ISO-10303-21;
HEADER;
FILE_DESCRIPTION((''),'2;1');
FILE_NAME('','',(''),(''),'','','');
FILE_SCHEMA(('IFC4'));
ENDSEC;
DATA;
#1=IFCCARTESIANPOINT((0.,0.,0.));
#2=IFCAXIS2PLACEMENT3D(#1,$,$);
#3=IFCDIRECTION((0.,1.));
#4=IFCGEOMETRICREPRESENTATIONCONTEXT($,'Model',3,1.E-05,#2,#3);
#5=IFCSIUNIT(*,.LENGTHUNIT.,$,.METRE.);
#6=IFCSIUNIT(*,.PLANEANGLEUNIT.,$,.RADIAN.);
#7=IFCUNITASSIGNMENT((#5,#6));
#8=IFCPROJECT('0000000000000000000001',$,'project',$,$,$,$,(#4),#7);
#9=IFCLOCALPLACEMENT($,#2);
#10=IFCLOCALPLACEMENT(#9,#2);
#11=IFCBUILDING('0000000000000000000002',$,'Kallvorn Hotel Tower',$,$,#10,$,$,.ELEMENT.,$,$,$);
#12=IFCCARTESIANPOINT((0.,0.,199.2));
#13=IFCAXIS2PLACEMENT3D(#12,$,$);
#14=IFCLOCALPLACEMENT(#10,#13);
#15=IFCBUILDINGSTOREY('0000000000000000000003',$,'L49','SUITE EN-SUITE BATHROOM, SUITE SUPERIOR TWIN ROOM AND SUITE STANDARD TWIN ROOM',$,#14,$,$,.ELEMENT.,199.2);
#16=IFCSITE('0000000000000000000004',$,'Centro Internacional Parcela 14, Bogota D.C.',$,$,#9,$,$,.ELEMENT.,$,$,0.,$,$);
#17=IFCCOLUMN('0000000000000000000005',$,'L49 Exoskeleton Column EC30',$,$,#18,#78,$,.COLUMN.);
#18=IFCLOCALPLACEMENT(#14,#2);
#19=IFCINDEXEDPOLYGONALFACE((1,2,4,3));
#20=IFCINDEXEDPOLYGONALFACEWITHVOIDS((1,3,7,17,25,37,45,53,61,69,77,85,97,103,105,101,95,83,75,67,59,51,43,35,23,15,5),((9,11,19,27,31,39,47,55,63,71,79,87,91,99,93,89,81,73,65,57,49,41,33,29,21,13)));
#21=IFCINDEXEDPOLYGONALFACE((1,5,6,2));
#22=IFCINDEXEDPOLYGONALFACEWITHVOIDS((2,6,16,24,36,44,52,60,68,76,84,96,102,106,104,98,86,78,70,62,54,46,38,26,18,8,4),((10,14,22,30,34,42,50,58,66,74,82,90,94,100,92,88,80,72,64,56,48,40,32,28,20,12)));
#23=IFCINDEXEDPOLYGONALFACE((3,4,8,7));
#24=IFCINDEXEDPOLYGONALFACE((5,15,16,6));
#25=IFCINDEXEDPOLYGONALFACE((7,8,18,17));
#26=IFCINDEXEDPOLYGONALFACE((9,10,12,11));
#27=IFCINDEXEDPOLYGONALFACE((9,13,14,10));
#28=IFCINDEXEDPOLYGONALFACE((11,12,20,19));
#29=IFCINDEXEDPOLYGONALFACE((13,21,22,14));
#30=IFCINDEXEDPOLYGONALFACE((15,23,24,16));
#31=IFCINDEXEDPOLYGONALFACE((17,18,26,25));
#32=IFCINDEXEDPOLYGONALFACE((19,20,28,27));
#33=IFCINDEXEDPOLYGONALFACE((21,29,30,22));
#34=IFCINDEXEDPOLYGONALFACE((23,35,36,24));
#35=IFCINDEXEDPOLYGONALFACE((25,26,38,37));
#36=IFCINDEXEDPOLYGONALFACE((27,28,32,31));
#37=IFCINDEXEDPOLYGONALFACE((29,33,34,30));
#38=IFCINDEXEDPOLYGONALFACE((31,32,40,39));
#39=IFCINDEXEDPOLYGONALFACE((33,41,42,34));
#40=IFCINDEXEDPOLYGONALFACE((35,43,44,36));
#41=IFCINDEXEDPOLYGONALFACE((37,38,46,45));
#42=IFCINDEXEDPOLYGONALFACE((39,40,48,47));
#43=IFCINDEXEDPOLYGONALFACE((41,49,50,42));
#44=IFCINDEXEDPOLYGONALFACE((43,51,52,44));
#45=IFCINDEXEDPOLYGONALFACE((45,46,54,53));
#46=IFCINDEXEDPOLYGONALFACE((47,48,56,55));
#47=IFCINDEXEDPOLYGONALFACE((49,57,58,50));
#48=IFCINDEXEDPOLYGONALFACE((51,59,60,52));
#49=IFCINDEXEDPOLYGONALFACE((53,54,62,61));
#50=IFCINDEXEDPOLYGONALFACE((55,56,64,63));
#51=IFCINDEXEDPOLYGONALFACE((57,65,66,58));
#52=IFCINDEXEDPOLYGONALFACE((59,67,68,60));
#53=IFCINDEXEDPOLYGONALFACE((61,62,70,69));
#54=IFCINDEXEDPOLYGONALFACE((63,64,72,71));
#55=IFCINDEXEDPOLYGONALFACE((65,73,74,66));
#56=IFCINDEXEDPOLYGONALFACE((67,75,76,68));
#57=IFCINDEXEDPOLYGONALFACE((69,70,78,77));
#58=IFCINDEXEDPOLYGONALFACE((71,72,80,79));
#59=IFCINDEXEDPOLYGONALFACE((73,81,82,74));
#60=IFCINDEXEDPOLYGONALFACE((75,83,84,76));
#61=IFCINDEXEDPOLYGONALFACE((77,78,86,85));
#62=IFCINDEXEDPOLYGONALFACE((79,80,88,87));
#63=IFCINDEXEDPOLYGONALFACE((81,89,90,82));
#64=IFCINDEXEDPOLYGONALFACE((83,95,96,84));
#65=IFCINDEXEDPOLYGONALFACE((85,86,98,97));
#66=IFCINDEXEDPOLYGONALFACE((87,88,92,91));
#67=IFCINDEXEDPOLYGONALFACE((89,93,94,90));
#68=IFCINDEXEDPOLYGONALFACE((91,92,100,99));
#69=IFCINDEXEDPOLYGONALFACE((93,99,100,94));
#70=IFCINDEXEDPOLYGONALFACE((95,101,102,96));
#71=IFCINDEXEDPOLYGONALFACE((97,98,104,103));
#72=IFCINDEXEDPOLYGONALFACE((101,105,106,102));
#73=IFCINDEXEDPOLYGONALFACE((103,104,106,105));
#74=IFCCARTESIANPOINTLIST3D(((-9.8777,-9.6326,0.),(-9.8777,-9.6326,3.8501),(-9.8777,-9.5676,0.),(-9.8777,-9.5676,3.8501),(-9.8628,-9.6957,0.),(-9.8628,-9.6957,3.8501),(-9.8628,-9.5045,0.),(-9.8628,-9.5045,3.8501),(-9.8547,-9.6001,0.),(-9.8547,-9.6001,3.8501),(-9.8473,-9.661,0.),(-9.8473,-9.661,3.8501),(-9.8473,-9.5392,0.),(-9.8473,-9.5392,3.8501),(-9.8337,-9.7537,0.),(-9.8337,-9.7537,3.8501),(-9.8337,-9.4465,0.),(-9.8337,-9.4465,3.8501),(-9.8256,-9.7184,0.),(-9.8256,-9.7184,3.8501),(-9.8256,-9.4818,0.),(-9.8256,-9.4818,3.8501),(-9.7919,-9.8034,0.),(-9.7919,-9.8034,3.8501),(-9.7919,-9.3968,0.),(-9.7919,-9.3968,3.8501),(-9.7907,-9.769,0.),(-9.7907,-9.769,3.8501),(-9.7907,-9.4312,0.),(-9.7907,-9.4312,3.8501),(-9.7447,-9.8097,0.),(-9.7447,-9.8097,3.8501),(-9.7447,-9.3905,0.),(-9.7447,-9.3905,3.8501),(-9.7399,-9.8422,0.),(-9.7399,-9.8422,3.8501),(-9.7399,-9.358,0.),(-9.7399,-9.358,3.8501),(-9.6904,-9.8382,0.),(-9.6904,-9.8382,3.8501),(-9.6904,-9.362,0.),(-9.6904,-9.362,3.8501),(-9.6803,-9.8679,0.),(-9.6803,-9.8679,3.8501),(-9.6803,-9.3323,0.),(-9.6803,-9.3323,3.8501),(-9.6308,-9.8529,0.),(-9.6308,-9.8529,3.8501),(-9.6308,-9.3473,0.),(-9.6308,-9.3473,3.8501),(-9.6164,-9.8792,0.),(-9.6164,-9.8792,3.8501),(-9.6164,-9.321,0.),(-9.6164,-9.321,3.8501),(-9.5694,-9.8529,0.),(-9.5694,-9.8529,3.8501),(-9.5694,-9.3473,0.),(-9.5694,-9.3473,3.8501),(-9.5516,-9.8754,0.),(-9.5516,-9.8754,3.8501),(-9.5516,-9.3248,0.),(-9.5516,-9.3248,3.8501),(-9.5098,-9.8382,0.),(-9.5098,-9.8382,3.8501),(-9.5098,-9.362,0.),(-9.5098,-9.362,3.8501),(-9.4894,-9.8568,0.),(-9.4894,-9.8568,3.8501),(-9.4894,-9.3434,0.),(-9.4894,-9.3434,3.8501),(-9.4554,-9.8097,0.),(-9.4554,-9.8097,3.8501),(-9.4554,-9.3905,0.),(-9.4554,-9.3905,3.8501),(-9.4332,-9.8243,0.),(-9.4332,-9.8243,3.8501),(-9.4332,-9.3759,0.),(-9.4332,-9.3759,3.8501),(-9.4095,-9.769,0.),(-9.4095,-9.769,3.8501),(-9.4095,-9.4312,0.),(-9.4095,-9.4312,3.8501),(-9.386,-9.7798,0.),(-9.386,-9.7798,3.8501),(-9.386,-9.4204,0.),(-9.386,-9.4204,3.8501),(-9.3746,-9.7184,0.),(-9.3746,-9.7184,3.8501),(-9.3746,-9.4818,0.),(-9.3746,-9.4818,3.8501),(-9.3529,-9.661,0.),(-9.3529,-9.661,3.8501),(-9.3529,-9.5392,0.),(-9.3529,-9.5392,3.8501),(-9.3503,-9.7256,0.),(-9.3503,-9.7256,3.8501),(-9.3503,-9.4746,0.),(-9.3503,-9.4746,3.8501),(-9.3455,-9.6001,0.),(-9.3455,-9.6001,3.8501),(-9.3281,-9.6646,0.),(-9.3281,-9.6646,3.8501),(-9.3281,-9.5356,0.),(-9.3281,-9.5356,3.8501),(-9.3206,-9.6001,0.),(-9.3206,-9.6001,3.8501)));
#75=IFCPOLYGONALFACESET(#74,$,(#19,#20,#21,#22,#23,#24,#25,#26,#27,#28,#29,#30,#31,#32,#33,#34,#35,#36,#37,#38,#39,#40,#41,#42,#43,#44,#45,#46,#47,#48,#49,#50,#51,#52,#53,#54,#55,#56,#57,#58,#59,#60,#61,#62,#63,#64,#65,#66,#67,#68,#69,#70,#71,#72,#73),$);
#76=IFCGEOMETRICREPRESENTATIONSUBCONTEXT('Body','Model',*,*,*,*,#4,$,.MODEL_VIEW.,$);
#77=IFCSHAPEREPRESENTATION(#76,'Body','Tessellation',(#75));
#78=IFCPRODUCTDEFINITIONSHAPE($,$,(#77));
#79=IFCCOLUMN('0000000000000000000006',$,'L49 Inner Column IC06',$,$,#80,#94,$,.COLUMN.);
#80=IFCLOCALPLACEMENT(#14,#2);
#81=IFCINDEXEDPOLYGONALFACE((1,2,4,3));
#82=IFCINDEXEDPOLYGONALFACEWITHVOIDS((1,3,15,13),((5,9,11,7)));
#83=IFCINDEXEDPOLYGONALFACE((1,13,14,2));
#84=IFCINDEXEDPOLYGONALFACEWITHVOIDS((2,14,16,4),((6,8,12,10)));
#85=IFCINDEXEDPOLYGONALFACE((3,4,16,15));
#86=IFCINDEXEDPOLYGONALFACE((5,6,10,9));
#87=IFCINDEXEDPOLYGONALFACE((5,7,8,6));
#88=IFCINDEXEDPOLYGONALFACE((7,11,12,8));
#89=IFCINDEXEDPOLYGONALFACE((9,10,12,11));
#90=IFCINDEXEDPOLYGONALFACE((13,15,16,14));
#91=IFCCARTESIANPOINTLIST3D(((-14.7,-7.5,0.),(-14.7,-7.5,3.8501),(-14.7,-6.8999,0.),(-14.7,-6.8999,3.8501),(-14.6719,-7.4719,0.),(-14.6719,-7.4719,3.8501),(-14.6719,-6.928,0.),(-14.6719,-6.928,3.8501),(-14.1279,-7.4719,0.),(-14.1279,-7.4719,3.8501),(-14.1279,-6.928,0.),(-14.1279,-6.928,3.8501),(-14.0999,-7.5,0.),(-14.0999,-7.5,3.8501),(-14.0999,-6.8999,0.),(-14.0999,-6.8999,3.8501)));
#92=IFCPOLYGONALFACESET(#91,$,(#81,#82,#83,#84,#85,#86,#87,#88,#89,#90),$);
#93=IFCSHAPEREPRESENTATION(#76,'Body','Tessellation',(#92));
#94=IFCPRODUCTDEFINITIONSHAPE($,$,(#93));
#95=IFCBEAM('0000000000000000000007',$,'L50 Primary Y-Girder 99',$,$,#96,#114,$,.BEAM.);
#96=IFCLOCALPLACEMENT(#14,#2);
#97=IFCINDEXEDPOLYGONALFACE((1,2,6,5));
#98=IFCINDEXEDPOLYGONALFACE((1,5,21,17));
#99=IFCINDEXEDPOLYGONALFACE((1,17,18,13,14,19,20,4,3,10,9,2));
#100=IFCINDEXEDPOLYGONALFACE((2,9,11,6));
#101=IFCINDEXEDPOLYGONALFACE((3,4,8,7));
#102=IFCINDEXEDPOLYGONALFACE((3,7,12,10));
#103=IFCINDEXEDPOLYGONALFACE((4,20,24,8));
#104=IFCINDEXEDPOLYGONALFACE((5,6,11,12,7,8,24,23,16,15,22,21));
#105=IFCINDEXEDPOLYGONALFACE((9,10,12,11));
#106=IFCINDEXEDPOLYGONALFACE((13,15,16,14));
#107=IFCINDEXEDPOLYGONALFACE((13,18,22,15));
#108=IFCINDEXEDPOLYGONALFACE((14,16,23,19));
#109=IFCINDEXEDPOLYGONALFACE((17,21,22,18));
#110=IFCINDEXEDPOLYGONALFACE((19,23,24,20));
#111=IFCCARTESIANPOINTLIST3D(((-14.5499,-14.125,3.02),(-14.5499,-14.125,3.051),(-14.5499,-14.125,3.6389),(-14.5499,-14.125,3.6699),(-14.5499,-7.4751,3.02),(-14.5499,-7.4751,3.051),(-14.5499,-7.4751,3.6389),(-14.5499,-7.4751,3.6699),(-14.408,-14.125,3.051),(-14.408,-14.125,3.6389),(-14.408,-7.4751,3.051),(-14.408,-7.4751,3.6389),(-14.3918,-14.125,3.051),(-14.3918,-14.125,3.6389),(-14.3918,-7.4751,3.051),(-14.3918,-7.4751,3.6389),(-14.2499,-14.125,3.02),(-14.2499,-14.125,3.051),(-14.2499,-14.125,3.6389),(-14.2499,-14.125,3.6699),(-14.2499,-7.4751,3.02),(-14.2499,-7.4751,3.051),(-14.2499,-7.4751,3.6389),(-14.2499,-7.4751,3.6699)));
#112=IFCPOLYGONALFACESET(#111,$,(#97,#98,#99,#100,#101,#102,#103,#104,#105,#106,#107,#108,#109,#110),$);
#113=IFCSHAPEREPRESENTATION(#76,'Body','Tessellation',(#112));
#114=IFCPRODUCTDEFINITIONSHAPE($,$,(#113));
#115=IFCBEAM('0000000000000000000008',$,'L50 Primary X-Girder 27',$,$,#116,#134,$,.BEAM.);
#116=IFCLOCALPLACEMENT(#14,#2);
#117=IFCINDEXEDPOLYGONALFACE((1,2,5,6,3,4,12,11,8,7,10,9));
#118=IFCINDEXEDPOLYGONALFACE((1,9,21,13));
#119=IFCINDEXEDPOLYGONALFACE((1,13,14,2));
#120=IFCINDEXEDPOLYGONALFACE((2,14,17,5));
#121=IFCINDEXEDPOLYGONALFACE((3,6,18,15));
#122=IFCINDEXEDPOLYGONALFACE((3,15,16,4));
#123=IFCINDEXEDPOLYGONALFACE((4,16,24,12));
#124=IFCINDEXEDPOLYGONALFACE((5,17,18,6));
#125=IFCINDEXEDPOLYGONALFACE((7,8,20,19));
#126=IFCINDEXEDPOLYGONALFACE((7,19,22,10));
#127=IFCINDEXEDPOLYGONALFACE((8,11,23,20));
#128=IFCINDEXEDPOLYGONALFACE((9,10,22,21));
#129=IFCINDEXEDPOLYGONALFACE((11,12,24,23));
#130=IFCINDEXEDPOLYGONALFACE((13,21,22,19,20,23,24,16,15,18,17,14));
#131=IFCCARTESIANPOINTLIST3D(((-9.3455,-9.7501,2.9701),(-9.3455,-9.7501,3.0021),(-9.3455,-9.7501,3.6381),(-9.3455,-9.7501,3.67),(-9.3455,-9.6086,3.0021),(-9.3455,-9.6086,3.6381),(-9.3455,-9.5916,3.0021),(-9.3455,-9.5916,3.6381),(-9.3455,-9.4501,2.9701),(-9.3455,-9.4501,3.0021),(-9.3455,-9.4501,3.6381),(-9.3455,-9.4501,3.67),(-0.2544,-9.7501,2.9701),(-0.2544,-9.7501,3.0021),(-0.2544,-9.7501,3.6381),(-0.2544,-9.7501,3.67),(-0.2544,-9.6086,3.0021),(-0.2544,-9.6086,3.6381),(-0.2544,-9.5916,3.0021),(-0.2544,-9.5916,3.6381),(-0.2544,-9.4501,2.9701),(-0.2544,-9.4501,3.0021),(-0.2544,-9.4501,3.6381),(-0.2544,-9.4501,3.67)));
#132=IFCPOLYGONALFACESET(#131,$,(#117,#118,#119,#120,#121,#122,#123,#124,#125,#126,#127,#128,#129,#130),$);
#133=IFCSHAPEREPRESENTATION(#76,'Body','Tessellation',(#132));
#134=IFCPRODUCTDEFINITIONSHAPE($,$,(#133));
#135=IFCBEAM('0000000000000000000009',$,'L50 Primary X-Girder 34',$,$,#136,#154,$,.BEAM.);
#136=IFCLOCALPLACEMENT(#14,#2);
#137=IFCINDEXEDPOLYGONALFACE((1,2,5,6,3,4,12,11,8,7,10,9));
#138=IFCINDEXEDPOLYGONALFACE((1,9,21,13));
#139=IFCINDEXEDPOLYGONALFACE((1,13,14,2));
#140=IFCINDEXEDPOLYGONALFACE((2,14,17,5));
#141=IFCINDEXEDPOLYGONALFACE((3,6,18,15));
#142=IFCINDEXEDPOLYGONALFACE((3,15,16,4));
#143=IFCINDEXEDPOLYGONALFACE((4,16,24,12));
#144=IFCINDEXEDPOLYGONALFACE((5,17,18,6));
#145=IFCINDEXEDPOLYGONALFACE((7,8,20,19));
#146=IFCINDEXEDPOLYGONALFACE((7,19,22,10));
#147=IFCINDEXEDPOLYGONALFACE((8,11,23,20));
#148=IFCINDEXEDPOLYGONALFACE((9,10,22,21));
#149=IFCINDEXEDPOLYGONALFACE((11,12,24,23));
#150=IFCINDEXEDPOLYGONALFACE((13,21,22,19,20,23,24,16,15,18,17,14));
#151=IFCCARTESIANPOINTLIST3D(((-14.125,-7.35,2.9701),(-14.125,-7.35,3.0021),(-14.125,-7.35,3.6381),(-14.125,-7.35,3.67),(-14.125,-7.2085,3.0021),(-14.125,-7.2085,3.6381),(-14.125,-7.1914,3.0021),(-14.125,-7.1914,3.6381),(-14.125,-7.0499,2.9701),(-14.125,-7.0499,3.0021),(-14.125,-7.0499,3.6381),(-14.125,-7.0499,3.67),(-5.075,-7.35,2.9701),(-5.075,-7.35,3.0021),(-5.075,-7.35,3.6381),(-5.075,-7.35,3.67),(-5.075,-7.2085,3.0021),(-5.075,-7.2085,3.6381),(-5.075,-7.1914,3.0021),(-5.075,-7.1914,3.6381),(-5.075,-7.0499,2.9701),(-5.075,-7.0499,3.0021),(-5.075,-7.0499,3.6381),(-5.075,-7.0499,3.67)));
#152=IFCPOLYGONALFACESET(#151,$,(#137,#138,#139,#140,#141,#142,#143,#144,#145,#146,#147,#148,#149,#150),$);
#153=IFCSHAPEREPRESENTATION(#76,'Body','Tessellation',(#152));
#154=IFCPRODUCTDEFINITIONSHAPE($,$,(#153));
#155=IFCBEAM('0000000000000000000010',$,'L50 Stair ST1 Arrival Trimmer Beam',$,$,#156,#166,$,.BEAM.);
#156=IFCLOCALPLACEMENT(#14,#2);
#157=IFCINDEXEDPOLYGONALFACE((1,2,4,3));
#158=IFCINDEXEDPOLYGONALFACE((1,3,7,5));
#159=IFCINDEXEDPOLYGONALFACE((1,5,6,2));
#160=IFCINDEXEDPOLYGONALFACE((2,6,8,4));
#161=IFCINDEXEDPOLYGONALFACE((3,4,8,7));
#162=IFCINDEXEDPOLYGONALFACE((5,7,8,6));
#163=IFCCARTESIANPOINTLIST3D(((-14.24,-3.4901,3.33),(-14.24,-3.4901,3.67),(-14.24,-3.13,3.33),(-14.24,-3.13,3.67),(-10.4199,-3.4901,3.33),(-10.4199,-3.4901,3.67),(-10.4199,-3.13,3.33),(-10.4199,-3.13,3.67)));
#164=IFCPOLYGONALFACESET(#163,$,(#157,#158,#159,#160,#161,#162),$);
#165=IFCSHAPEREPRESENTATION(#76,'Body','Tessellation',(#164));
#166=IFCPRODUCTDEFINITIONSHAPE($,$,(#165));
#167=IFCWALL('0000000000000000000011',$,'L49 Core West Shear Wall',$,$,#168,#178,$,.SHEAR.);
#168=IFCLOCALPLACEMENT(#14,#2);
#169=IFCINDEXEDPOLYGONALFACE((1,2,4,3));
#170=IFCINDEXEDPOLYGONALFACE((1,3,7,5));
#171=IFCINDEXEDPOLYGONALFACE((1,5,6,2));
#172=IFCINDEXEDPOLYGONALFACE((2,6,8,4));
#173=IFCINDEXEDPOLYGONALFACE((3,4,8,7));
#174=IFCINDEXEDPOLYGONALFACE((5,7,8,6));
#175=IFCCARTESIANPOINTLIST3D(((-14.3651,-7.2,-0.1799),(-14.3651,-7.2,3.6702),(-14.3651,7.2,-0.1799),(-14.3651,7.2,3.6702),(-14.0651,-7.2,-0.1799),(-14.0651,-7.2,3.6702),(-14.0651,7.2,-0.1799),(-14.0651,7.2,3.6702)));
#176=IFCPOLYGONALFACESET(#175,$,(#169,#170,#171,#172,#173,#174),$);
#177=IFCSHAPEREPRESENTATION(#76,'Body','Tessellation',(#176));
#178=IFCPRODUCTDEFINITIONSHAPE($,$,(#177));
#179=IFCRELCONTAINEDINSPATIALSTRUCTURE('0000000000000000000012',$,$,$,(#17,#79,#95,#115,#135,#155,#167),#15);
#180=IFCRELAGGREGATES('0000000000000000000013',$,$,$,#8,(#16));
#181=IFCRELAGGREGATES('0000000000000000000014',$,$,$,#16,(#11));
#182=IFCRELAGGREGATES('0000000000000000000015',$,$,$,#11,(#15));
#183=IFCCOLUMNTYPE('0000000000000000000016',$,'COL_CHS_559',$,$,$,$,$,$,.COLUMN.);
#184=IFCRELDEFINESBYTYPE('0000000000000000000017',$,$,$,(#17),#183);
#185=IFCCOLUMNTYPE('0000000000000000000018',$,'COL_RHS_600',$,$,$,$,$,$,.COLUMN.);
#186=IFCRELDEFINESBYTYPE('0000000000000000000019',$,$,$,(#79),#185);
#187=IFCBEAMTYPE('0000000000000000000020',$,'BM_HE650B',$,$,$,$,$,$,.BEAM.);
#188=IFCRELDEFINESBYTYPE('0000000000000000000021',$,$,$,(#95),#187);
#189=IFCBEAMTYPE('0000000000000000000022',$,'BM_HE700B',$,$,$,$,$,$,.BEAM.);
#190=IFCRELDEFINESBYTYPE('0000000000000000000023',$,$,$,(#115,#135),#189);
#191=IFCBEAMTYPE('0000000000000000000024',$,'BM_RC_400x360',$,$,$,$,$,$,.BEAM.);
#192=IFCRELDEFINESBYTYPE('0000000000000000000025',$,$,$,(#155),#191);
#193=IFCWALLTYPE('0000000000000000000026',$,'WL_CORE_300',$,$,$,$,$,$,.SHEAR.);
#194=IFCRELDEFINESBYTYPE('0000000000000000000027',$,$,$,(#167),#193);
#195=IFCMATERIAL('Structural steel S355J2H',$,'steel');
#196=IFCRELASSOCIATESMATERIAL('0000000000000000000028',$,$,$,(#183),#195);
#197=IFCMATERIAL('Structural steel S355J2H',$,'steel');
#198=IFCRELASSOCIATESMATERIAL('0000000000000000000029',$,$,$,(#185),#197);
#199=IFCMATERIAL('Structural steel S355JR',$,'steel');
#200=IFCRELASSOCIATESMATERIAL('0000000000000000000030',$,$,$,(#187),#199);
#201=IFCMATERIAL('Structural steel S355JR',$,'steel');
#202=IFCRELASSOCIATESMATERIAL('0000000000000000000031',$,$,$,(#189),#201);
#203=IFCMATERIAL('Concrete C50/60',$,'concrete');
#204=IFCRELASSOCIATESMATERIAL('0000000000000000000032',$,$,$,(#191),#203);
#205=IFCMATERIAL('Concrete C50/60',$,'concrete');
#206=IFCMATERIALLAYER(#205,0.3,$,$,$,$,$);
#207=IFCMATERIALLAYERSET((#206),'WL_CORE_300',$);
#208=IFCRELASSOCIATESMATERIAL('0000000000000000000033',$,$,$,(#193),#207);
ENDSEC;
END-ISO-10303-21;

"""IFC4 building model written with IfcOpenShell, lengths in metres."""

from ifc_helpers import new_model, si_unit, direction, frame, frame_2d, origin, origin_2d, place, context, subcontext, project, spatial, rectangle, hollow_rectangle, hollow_circle, i_section, extrude, material, layer, layer_set, material_profile, profile_set, type_object, element, save


model = new_model("IFC4")

# Units and contexts
model_context = context("Model", 3, precision=1e-05, world=origin(), true_north=direction((0.0, 1.0)))
body_context = subcontext(model_context, "Body", "Model", "MODEL_VIEW")
ifc_project = project(units=[si_unit("LENGTHUNIT", "METRE"), si_unit("PLANEANGLEUNIT", "RADIAN")], contexts=[model_context])

# Site, building, storey
site_placement = place(None, origin())
site = spatial("IfcSite", under=ifc_project, at=site_placement, Name="Centro Internacional Parcela 14, Bogota D.C.", CompositionType="ELEMENT", RefElevation=0.0)
building_placement = place(site_placement, origin())
building = spatial("IfcBuilding", under=site, at=building_placement, Name="Kallvorn Hotel Tower", CompositionType="ELEMENT")
storey_placement = place(building_placement, frame((0.0, 0.0, 199.2)))
storey = spatial("IfcBuildingStorey", under=building, at=storey_placement, Name="L49", Description="SUITE EN-SUITE BATHROOM, SUITE SUPERIOR TWIN ROOM AND SUITE STANDARD TWIN ROOM", CompositionType="ELEMENT", Elevation=199.2)

# Columns
ifc_material_1 = material(Name="Structural steel S355J2H", Category="steel")
ifc_material_profile_1 = material_profile(ifc_material_1, hollow_circle(Radius=0.2795, WallThickness=0.0249, at=origin_2d()), Name="CHS 559x25")
ifc_profile_set_1 = profile_set([ifc_material_profile_1], Name="Structural steel S355J2H")
column_type_1 = type_object("IfcColumnType", Name="COL_CHS_559", PredefinedType="COLUMN", material=ifc_profile_set_1)
column_1_placement = place(storey_placement, frame((-9.6001, -9.6001, 0.0), z_axis=(0.0, 0.0, 1.0), x_axis=(1.0, 0.0, 0.0)))
element("IfcColumn", 1, at=column_1_placement, inside=storey, type_object=column_type_1, Name="L49 Exoskeleton Column EC30", PredefinedType="COLUMN", context=body_context, shape_type="SweptSolid", body=[
    extrude(hollow_circle(Radius=0.2795, WallThickness=0.0249, at=origin_2d()), origin(), (0.0, 0.0, 1.0), 3.8501),
])
ifc_material_2 = material(Name="Structural steel S355J2H", Category="steel")
ifc_material_profile_2 = material_profile(ifc_material_2, hollow_rectangle(XDim=0.6001, YDim=0.6001, WallThickness=0.0281, at=origin_2d()), Name="RHS 600x600x28")
ifc_profile_set_2 = profile_set([ifc_material_profile_2], Name="Structural steel S355J2H")
column_type_2 = type_object("IfcColumnType", Name="COL_RHS_600", PredefinedType="COLUMN", material=ifc_profile_set_2)
column_2_placement = place(storey_placement, frame((-14.3999, -7.2, 0.0), z_axis=(0.0, 0.0, 1.0), x_axis=(1.0, 0.0, 0.0)))
element("IfcColumn", 2, at=column_2_placement, inside=storey, type_object=column_type_2, Name="L49 Inner Column IC06", PredefinedType="COLUMN", context=body_context, shape_type="SweptSolid", body=[
    extrude(hollow_rectangle(XDim=0.6001, YDim=0.6001, WallThickness=0.0281, at=origin_2d()), origin(), (0.0, 0.0, 1.0), 3.8501),
])

# Beams
ifc_material_3 = material(Name="Structural steel S355JR", Category="steel")
ifc_material_profile_3 = material_profile(ifc_material_3, i_section(OverallWidth=0.3, OverallDepth=0.6499, WebThickness=0.0161, FlangeThickness=0.031, at=origin_2d()), Name="HE 650 B")
ifc_profile_set_3 = profile_set([ifc_material_profile_3], Name="Structural steel S355JR")
beam_type_1 = type_object("IfcBeamType", Name="BM_HE650B", PredefinedType="BEAM", material=ifc_profile_set_3)
beam_1_placement = place(storey_placement, frame((-14.3999, -14.125, 3.345), z_axis=(0.0, 1.0, 0.0), x_axis=(-1.0, 0.0, 0.0)))
element("IfcBeam", 3, at=beam_1_placement, inside=storey, type_object=beam_type_1, Name="L50 Primary Y-Girder 99", PredefinedType="BEAM", context=body_context, shape_type="SweptSolid", body=[
    extrude(i_section(OverallWidth=0.3, OverallDepth=0.6499, WebThickness=0.0161, FlangeThickness=0.031, at=origin_2d()), origin(), (0.0, 0.0, 1.0), 6.6499),
])
ifc_material_4 = material(Name="Structural steel S355JR", Category="steel")
ifc_material_profile_4 = material_profile(ifc_material_4, i_section(OverallWidth=0.3, OverallDepth=0.7, WebThickness=0.0171, FlangeThickness=0.032, at=origin_2d()), Name="HE 700 B")
ifc_profile_set_4 = profile_set([ifc_material_profile_4], Name="Structural steel S355JR")
beam_type_2 = type_object("IfcBeamType", Name="BM_HE700B", PredefinedType="BEAM", material=ifc_profile_set_4)
beam_2_placement = place(storey_placement, frame((-9.3455, -9.6001, 3.3201), z_axis=(1.0, 0.0, 0.0), x_axis=(0.0, 1.0, 0.0)))
element("IfcBeam", 4, at=beam_2_placement, inside=storey, type_object=beam_type_2, Name="L50 Primary X-Girder 27", PredefinedType="BEAM", context=body_context, shape_type="SweptSolid", body=[
    extrude(i_section(OverallWidth=0.3, OverallDepth=0.7, WebThickness=0.0171, FlangeThickness=0.032, at=origin_2d()), origin(), (0.0, 0.0, 1.0), 9.0911),
])
beam_3_placement = place(storey_placement, frame((-14.125, -7.2, 3.3201), z_axis=(1.0, 0.0, 0.0), x_axis=(0.0, 1.0, 0.0)))
element("IfcBeam", 5, at=beam_3_placement, inside=storey, type_object=beam_type_2, Name="L50 Primary X-Girder 34", PredefinedType="BEAM", context=body_context, shape_type="SweptSolid", body=[
    extrude(i_section(OverallWidth=0.3, OverallDepth=0.7, WebThickness=0.0171, FlangeThickness=0.032, at=origin_2d()), origin(), (0.0, 0.0, 1.0), 9.05),
])
ifc_material_5 = material(Name="Concrete C50/60", Category="concrete")
ifc_material_profile_5 = material_profile(ifc_material_5, rectangle(XDim=0.3601, YDim=0.3401, at=origin_2d()), Name="RC 360x340")
ifc_profile_set_5 = profile_set([ifc_material_profile_5], Name="Concrete C50/60")
beam_type_3 = type_object("IfcBeamType", Name="BM_RC_400x360", PredefinedType="BEAM", material=ifc_profile_set_5)
beam_4_placement = place(storey_placement, frame((-10.4199, -3.3101, 3.5), z_axis=(-1.0, 0.0, 0.0), x_axis=(0.0, -1.0, 0.0)))
element("IfcBeam", 6, at=beam_4_placement, inside=storey, type_object=beam_type_3, Name="L50 Stair ST1 Arrival Trimmer Beam", PredefinedType="BEAM", context=body_context, shape_type="SweptSolid", body=[
    extrude(rectangle(XDim=0.3601, YDim=0.3401, at=origin_2d()), origin(), (0.0, 0.0, 1.0), 3.8201),
])

# Wall
ifc_material_6 = material(Name="Concrete C50/60", Category="concrete")
ifc_layer_1 = layer(ifc_material_6, 0.3)
ifc_layer_set_1 = layer_set([ifc_layer_1], Name="WL_CORE_300")
wall_type_1 = type_object("IfcWallType", Name="WL_CORE_300", PredefinedType="SHEAR", material=ifc_layer_set_1)
wall_1_placement = place(storey_placement, frame((-14.2151, -7.2, -0.1799), z_axis=(0.0, 0.0, 1.0), x_axis=(0.0, 1.0, 0.0)))
element("IfcWall", 7, at=wall_1_placement, inside=storey, type_object=wall_type_1, Name="L49 Core West Shear Wall", PredefinedType="SHEAR", context=body_context, shape_type="SweptSolid", body=[
    extrude(rectangle(XDim=14.3999, YDim=0.3, at=frame_2d((7.2, 0.0))), origin(), (0.0, 0.0, 1.0), 3.8501),
])

save(model, "model.ifc")
